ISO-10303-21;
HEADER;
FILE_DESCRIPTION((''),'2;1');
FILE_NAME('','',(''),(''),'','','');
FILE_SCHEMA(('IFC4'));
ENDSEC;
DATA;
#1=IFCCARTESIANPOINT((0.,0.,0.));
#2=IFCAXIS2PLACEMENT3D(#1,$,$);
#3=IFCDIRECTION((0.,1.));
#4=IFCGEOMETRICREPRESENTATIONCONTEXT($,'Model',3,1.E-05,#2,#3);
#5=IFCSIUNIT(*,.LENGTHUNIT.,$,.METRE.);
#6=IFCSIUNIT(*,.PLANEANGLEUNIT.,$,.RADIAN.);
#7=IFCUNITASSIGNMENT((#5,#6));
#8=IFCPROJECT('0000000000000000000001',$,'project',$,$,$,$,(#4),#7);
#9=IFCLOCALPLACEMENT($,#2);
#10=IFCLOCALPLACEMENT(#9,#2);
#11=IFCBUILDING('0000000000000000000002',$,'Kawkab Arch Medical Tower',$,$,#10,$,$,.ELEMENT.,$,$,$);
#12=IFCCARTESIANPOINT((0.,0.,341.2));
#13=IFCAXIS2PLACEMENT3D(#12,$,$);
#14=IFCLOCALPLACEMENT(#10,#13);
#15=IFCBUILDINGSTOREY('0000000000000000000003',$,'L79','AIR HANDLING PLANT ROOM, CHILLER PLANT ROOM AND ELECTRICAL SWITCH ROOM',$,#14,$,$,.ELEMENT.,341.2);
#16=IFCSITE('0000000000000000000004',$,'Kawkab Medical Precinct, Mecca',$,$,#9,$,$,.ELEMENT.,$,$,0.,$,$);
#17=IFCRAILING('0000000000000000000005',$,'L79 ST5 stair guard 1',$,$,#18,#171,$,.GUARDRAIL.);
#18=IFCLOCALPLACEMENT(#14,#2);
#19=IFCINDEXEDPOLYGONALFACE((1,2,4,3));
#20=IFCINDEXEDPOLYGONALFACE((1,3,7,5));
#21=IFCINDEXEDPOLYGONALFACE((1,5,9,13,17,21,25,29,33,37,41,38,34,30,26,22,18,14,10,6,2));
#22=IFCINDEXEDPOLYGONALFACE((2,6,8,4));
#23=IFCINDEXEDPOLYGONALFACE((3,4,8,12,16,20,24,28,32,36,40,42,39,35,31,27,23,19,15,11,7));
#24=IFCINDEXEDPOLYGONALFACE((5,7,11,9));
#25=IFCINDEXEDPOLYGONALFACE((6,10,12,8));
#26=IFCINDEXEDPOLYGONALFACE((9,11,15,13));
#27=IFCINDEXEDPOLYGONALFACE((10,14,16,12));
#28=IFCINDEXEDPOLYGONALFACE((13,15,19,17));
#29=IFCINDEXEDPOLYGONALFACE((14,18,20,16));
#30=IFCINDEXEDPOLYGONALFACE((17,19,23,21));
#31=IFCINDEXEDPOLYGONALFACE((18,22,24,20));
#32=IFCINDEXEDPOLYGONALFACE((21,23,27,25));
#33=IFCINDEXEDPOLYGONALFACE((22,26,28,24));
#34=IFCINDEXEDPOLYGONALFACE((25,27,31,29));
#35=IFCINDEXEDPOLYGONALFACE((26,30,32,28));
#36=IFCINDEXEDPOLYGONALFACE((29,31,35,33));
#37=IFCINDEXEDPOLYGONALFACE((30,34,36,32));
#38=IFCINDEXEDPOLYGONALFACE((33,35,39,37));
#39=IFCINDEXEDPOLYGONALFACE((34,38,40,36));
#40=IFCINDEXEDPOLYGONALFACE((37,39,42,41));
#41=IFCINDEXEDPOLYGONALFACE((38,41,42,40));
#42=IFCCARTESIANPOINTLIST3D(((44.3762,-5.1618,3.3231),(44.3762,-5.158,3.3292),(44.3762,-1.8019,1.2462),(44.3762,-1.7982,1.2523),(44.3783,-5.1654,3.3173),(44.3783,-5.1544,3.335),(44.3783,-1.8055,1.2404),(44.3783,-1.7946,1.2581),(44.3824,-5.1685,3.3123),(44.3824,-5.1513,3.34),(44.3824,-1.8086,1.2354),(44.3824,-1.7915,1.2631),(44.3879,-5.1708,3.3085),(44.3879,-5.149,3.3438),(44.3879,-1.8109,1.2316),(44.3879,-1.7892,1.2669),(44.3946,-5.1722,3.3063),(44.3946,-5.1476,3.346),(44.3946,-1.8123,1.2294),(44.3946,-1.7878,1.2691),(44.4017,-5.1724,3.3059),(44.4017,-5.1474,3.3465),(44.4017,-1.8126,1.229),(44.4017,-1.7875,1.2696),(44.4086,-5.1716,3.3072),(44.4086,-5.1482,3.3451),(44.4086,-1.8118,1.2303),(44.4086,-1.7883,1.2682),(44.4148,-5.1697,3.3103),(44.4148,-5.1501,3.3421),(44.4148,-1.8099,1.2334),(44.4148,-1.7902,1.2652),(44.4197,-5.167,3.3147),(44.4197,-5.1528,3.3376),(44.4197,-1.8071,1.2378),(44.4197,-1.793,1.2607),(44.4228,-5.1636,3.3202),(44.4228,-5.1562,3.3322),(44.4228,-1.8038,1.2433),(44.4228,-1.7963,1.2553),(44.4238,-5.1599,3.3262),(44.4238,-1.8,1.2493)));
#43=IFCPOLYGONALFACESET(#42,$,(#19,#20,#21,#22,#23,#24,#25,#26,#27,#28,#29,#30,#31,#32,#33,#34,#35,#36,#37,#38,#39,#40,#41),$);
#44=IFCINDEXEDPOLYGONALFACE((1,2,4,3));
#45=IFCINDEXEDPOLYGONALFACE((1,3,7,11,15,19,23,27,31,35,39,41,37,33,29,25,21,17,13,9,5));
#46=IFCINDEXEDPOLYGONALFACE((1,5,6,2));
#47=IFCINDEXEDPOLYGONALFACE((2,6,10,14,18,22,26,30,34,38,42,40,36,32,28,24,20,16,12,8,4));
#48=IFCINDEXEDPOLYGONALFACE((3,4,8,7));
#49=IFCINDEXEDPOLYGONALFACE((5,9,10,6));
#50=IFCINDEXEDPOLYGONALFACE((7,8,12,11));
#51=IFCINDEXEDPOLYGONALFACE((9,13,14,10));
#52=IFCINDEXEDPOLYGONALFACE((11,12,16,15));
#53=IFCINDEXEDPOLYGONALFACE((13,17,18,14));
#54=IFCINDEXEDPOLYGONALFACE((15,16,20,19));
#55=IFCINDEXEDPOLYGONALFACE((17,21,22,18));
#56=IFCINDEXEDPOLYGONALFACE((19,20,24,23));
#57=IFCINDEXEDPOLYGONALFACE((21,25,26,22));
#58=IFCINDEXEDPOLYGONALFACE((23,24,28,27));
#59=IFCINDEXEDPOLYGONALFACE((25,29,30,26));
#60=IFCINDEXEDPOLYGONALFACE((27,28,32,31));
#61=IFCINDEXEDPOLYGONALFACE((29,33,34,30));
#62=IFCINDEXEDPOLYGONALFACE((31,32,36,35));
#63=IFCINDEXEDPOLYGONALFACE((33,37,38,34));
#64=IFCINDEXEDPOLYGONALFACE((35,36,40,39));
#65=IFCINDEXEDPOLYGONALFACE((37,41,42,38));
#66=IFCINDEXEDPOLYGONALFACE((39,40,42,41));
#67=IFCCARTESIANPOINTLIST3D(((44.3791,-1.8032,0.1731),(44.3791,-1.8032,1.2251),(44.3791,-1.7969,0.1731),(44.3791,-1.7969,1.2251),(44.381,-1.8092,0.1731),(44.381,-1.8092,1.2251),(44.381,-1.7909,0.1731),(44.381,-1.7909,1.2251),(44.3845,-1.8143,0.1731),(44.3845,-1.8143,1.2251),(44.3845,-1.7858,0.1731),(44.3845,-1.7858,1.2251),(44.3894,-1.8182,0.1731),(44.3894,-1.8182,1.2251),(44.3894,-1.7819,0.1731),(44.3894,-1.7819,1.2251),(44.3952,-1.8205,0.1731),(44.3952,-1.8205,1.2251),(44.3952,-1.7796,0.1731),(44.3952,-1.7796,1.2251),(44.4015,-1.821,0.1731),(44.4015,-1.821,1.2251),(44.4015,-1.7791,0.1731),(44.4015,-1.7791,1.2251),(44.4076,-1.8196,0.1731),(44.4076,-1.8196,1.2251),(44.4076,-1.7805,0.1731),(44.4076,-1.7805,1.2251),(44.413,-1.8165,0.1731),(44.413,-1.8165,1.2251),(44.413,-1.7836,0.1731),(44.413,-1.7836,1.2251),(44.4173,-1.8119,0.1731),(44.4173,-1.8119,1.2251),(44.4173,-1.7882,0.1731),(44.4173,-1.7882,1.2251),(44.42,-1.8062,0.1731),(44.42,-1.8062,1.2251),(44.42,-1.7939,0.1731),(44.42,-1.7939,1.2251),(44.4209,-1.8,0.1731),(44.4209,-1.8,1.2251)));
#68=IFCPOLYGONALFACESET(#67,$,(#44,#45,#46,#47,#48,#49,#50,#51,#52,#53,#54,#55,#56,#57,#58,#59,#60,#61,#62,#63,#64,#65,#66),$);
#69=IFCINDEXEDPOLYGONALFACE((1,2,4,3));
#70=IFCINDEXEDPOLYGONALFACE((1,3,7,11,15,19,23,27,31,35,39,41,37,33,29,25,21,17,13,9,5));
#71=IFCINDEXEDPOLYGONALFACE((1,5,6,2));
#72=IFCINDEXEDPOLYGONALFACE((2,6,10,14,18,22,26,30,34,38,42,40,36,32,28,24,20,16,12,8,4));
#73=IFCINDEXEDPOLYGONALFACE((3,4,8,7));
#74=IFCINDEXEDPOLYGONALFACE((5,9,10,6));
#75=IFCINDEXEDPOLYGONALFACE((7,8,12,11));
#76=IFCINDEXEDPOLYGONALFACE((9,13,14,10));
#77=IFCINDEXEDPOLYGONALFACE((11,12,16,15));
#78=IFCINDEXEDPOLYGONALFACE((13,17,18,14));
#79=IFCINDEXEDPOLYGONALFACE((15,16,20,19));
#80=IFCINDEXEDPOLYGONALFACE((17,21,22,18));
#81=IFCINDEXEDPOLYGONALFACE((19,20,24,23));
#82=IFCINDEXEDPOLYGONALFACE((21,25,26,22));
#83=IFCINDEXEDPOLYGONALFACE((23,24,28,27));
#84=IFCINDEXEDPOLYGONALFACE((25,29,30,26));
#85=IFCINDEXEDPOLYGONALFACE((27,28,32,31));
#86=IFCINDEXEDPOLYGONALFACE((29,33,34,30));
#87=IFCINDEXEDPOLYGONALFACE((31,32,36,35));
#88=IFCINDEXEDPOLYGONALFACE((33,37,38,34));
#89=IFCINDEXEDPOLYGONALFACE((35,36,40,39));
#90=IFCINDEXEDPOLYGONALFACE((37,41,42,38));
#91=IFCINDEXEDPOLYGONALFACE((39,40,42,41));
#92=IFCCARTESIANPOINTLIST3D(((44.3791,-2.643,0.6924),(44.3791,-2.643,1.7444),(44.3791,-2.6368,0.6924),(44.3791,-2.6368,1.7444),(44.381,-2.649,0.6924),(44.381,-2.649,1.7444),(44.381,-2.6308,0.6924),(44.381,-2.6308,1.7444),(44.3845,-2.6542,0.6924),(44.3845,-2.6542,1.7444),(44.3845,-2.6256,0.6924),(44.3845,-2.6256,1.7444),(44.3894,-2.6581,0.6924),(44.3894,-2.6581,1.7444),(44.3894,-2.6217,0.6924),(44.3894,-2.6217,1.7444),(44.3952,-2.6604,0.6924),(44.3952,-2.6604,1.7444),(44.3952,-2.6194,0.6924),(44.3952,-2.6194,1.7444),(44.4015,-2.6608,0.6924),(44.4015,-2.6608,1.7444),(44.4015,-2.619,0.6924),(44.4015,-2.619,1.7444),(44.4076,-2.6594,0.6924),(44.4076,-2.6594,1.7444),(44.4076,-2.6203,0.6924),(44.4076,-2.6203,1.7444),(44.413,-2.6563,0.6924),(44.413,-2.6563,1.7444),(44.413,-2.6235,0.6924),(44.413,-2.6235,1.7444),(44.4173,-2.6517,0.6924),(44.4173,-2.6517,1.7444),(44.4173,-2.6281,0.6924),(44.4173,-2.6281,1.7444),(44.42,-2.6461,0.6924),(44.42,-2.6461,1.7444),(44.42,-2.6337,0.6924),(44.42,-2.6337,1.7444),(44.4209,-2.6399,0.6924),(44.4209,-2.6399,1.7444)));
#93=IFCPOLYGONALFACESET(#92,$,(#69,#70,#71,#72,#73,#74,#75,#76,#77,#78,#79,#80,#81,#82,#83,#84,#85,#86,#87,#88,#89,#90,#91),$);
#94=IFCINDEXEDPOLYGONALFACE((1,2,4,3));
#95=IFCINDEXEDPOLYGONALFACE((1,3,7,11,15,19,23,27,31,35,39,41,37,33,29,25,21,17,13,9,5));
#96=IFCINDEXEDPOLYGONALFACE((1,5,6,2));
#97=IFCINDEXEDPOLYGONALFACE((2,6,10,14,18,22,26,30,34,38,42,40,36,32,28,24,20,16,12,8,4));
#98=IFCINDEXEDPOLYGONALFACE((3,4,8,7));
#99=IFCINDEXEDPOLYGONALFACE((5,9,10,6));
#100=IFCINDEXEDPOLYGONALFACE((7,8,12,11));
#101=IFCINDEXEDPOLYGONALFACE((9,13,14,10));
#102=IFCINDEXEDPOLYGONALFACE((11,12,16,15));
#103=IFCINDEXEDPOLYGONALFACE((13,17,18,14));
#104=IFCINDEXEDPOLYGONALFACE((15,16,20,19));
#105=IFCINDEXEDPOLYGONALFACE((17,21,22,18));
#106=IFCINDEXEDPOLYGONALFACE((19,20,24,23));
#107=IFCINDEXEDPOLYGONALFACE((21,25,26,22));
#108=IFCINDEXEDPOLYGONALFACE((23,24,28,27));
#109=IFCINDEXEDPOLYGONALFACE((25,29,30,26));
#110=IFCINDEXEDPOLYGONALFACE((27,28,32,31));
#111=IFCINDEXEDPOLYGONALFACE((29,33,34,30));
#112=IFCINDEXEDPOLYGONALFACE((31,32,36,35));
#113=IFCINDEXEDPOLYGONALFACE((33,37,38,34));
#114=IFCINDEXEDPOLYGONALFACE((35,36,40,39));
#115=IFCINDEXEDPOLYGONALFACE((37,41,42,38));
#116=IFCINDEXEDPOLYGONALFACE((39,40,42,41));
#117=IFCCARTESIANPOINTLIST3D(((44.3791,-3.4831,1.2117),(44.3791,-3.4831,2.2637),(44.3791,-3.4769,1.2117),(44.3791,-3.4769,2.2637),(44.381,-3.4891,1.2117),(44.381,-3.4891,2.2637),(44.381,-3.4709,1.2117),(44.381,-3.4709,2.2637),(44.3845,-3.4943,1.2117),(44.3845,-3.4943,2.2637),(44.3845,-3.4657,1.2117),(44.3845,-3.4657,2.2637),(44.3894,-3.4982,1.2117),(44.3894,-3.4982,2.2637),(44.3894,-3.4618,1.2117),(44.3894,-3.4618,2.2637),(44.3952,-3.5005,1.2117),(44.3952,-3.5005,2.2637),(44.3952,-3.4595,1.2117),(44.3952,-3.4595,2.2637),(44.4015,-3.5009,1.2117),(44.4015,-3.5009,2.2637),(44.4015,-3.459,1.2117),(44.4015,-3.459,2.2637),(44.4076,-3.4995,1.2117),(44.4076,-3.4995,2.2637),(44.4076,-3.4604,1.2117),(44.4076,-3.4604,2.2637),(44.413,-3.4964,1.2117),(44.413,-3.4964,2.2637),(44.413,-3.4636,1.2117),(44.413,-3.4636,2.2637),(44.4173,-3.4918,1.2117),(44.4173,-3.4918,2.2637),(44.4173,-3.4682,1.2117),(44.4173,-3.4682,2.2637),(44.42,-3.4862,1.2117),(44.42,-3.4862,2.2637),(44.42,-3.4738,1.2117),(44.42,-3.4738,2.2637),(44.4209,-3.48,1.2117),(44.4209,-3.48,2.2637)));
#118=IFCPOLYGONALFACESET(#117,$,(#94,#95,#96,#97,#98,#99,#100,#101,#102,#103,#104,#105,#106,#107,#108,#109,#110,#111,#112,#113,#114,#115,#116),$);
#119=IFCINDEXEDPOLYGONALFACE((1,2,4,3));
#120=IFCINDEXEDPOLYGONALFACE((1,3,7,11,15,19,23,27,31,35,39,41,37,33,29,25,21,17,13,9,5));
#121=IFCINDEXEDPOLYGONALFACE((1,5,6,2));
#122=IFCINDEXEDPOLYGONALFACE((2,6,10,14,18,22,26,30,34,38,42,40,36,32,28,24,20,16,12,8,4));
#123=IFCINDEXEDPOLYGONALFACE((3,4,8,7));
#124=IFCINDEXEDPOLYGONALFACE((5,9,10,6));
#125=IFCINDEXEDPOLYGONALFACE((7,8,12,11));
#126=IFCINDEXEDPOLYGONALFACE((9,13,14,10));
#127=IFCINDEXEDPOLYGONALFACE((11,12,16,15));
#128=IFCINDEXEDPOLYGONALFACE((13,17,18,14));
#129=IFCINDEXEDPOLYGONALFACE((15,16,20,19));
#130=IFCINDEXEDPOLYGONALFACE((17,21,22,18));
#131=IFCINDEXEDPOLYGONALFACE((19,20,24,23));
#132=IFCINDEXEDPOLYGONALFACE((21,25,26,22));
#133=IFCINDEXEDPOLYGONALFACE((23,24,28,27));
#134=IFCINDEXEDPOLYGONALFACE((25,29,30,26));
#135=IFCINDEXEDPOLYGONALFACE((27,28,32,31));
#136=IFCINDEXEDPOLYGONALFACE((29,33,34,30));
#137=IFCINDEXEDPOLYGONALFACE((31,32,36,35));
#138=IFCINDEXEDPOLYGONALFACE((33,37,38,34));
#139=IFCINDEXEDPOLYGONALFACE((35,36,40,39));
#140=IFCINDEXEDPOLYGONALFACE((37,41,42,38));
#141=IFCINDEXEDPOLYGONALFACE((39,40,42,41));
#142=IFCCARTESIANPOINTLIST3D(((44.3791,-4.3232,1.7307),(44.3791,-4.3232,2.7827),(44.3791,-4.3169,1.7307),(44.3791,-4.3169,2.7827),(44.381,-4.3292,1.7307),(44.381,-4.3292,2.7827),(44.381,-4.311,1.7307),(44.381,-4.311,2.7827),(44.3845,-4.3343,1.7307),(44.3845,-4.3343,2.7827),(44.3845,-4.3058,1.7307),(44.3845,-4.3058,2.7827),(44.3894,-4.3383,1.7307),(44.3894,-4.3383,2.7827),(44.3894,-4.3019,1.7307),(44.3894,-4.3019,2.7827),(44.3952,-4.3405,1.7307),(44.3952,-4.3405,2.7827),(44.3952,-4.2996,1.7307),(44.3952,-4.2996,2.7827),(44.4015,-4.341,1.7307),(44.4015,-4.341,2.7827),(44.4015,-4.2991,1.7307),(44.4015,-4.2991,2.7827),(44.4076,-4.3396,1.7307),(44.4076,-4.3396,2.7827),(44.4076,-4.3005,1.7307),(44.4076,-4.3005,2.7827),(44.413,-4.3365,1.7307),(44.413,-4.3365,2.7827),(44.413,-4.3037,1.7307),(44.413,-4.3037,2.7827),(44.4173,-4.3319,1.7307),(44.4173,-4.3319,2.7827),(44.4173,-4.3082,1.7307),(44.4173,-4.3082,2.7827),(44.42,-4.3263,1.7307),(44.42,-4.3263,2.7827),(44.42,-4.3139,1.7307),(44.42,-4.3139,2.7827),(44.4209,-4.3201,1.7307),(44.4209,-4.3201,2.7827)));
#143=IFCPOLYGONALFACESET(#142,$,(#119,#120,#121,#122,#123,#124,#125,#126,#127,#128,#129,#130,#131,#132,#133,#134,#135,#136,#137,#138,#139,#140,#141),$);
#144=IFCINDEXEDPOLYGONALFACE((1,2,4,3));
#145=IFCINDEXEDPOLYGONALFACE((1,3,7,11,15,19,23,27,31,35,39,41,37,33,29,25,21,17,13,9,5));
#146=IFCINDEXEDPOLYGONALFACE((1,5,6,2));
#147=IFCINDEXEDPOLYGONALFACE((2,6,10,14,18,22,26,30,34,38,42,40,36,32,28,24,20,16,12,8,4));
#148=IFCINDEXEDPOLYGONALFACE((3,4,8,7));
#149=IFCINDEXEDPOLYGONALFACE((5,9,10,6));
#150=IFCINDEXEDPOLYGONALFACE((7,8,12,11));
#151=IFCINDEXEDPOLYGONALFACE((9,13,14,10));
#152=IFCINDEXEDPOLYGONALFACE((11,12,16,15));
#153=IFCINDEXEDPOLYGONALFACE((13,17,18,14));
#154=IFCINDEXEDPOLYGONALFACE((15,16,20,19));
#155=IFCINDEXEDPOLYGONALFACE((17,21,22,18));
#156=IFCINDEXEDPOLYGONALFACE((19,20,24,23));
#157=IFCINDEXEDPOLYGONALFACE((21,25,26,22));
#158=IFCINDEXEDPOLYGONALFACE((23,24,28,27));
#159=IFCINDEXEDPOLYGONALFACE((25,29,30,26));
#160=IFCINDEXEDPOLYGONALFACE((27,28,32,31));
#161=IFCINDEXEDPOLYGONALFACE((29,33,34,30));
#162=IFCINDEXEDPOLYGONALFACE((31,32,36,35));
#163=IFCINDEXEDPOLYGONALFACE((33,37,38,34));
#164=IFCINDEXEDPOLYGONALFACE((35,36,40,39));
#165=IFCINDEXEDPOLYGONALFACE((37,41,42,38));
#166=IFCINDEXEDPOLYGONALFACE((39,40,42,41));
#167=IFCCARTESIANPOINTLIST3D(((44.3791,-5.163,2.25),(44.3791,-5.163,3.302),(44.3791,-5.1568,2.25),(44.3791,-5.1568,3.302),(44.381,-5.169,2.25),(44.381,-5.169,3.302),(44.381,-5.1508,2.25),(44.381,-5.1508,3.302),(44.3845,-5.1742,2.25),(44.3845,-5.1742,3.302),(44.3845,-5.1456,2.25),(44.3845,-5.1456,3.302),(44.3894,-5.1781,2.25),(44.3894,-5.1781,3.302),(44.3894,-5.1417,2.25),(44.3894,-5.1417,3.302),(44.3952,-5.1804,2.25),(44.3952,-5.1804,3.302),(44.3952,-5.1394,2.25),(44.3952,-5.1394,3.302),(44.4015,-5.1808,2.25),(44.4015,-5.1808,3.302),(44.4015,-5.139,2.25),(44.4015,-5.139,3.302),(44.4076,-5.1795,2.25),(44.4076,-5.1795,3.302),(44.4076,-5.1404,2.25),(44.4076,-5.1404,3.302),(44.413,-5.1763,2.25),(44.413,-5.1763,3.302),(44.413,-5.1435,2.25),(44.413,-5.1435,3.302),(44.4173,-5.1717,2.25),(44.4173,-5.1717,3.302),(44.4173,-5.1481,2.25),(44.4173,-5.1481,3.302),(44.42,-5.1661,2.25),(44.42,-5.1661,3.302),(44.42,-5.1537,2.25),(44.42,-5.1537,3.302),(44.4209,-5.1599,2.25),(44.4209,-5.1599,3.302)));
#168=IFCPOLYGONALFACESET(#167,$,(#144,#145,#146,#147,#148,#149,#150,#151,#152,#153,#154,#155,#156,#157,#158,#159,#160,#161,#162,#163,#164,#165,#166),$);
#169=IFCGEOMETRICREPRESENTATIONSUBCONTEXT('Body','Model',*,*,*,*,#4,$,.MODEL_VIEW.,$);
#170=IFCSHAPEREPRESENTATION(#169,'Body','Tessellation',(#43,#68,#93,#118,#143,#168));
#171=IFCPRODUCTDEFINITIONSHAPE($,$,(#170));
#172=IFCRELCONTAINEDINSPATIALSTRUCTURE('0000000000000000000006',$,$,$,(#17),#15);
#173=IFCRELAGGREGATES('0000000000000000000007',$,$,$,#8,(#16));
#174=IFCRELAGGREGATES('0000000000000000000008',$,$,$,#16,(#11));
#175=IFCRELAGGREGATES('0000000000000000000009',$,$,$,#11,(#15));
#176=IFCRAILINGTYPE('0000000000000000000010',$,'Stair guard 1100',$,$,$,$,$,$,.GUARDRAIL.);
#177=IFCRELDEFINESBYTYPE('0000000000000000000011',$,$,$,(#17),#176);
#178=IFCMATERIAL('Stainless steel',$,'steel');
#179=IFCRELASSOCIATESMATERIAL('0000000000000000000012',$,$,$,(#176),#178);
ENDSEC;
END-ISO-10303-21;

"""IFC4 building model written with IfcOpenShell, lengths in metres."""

from ifc_helpers import new_model, si_unit, direction, frame, origin, origin_2d, place, context, subcontext, project, spatial, circle, extrude, material, type_object, element, save


model = new_model("IFC4")

# Units and contexts
model_context = context("Model", 3, precision=1e-05, world=origin(), true_north=direction((0.0, 1.0)))
body_context = subcontext(model_context, "Body", "Model", "MODEL_VIEW")
ifc_project = project(units=[si_unit("LENGTHUNIT", "METRE"), si_unit("PLANEANGLEUNIT", "RADIAN")], contexts=[model_context])

# Site, building, storey
site_placement = place(None, origin())
site = spatial("IfcSite", under=ifc_project, at=site_placement, Name="Kawkab Medical Precinct, Mecca", CompositionType="ELEMENT", RefElevation=0.0)
building_placement = place(site_placement, origin())
building = spatial("IfcBuilding", under=site, at=building_placement, Name="Kawkab Arch Medical Tower", CompositionType="ELEMENT")
storey_placement = place(building_placement, frame((0.0, 0.0, 341.2)))
storey = spatial("IfcBuildingStorey", under=building, at=storey_placement, Name="L79", Description="AIR HANDLING PLANT ROOM, CHILLER PLANT ROOM AND ELECTRICAL SWITCH ROOM", CompositionType="ELEMENT", Elevation=341.2)

# Railing
ifc_material_1 = material(Name="Stainless steel", Category="steel")
railing_type = type_object("IfcRailingType", Name="Stair guard 1100", PredefinedType="GUARDRAIL", material=ifc_material_1)
railing_1_placement = place(storey_placement, frame((44.3999, -1.8, 0.1731)))
element("IfcRailing", 1, at=railing_1_placement, inside=storey, type_object=railing_type, Name="L79 ST5 stair guard 1", PredefinedType="GUARDRAIL", context=body_context, shape_type="SweptSolid", body=[
    extrude(circle(Radius=0.0239, at=origin_2d()), frame((0.0, 0.0, 1.0762), z_axis=(0.0, -0.850606, 0.525803), x_axis=(1.0, 0.0, 0.0)), (0.0, 0.0, 1.0), 3.95),
    extrude(circle(Radius=0.021, at=origin_2d()), origin(), (0.0, 0.0, 1.0), 1.052),
    extrude(circle(Radius=0.021, at=origin_2d()), frame((0.0, -0.8398, 0.5193)), (0.0, 0.0, 1.0), 1.052),
    extrude(circle(Radius=0.021, at=origin_2d()), frame((0.0, -1.6799, 1.0386)), (0.0, 0.0, 1.0), 1.052),
    extrude(circle(Radius=0.021, at=origin_2d()), frame((0.0, -2.52, 1.5576)), (0.0, 0.0, 1.0), 1.052),
    extrude(circle(Radius=0.021, at=origin_2d()), frame((0.0, -3.3599, 2.0769)), (0.0, 0.0, 1.0), 1.052),
])

save(model, "model.ifc")
